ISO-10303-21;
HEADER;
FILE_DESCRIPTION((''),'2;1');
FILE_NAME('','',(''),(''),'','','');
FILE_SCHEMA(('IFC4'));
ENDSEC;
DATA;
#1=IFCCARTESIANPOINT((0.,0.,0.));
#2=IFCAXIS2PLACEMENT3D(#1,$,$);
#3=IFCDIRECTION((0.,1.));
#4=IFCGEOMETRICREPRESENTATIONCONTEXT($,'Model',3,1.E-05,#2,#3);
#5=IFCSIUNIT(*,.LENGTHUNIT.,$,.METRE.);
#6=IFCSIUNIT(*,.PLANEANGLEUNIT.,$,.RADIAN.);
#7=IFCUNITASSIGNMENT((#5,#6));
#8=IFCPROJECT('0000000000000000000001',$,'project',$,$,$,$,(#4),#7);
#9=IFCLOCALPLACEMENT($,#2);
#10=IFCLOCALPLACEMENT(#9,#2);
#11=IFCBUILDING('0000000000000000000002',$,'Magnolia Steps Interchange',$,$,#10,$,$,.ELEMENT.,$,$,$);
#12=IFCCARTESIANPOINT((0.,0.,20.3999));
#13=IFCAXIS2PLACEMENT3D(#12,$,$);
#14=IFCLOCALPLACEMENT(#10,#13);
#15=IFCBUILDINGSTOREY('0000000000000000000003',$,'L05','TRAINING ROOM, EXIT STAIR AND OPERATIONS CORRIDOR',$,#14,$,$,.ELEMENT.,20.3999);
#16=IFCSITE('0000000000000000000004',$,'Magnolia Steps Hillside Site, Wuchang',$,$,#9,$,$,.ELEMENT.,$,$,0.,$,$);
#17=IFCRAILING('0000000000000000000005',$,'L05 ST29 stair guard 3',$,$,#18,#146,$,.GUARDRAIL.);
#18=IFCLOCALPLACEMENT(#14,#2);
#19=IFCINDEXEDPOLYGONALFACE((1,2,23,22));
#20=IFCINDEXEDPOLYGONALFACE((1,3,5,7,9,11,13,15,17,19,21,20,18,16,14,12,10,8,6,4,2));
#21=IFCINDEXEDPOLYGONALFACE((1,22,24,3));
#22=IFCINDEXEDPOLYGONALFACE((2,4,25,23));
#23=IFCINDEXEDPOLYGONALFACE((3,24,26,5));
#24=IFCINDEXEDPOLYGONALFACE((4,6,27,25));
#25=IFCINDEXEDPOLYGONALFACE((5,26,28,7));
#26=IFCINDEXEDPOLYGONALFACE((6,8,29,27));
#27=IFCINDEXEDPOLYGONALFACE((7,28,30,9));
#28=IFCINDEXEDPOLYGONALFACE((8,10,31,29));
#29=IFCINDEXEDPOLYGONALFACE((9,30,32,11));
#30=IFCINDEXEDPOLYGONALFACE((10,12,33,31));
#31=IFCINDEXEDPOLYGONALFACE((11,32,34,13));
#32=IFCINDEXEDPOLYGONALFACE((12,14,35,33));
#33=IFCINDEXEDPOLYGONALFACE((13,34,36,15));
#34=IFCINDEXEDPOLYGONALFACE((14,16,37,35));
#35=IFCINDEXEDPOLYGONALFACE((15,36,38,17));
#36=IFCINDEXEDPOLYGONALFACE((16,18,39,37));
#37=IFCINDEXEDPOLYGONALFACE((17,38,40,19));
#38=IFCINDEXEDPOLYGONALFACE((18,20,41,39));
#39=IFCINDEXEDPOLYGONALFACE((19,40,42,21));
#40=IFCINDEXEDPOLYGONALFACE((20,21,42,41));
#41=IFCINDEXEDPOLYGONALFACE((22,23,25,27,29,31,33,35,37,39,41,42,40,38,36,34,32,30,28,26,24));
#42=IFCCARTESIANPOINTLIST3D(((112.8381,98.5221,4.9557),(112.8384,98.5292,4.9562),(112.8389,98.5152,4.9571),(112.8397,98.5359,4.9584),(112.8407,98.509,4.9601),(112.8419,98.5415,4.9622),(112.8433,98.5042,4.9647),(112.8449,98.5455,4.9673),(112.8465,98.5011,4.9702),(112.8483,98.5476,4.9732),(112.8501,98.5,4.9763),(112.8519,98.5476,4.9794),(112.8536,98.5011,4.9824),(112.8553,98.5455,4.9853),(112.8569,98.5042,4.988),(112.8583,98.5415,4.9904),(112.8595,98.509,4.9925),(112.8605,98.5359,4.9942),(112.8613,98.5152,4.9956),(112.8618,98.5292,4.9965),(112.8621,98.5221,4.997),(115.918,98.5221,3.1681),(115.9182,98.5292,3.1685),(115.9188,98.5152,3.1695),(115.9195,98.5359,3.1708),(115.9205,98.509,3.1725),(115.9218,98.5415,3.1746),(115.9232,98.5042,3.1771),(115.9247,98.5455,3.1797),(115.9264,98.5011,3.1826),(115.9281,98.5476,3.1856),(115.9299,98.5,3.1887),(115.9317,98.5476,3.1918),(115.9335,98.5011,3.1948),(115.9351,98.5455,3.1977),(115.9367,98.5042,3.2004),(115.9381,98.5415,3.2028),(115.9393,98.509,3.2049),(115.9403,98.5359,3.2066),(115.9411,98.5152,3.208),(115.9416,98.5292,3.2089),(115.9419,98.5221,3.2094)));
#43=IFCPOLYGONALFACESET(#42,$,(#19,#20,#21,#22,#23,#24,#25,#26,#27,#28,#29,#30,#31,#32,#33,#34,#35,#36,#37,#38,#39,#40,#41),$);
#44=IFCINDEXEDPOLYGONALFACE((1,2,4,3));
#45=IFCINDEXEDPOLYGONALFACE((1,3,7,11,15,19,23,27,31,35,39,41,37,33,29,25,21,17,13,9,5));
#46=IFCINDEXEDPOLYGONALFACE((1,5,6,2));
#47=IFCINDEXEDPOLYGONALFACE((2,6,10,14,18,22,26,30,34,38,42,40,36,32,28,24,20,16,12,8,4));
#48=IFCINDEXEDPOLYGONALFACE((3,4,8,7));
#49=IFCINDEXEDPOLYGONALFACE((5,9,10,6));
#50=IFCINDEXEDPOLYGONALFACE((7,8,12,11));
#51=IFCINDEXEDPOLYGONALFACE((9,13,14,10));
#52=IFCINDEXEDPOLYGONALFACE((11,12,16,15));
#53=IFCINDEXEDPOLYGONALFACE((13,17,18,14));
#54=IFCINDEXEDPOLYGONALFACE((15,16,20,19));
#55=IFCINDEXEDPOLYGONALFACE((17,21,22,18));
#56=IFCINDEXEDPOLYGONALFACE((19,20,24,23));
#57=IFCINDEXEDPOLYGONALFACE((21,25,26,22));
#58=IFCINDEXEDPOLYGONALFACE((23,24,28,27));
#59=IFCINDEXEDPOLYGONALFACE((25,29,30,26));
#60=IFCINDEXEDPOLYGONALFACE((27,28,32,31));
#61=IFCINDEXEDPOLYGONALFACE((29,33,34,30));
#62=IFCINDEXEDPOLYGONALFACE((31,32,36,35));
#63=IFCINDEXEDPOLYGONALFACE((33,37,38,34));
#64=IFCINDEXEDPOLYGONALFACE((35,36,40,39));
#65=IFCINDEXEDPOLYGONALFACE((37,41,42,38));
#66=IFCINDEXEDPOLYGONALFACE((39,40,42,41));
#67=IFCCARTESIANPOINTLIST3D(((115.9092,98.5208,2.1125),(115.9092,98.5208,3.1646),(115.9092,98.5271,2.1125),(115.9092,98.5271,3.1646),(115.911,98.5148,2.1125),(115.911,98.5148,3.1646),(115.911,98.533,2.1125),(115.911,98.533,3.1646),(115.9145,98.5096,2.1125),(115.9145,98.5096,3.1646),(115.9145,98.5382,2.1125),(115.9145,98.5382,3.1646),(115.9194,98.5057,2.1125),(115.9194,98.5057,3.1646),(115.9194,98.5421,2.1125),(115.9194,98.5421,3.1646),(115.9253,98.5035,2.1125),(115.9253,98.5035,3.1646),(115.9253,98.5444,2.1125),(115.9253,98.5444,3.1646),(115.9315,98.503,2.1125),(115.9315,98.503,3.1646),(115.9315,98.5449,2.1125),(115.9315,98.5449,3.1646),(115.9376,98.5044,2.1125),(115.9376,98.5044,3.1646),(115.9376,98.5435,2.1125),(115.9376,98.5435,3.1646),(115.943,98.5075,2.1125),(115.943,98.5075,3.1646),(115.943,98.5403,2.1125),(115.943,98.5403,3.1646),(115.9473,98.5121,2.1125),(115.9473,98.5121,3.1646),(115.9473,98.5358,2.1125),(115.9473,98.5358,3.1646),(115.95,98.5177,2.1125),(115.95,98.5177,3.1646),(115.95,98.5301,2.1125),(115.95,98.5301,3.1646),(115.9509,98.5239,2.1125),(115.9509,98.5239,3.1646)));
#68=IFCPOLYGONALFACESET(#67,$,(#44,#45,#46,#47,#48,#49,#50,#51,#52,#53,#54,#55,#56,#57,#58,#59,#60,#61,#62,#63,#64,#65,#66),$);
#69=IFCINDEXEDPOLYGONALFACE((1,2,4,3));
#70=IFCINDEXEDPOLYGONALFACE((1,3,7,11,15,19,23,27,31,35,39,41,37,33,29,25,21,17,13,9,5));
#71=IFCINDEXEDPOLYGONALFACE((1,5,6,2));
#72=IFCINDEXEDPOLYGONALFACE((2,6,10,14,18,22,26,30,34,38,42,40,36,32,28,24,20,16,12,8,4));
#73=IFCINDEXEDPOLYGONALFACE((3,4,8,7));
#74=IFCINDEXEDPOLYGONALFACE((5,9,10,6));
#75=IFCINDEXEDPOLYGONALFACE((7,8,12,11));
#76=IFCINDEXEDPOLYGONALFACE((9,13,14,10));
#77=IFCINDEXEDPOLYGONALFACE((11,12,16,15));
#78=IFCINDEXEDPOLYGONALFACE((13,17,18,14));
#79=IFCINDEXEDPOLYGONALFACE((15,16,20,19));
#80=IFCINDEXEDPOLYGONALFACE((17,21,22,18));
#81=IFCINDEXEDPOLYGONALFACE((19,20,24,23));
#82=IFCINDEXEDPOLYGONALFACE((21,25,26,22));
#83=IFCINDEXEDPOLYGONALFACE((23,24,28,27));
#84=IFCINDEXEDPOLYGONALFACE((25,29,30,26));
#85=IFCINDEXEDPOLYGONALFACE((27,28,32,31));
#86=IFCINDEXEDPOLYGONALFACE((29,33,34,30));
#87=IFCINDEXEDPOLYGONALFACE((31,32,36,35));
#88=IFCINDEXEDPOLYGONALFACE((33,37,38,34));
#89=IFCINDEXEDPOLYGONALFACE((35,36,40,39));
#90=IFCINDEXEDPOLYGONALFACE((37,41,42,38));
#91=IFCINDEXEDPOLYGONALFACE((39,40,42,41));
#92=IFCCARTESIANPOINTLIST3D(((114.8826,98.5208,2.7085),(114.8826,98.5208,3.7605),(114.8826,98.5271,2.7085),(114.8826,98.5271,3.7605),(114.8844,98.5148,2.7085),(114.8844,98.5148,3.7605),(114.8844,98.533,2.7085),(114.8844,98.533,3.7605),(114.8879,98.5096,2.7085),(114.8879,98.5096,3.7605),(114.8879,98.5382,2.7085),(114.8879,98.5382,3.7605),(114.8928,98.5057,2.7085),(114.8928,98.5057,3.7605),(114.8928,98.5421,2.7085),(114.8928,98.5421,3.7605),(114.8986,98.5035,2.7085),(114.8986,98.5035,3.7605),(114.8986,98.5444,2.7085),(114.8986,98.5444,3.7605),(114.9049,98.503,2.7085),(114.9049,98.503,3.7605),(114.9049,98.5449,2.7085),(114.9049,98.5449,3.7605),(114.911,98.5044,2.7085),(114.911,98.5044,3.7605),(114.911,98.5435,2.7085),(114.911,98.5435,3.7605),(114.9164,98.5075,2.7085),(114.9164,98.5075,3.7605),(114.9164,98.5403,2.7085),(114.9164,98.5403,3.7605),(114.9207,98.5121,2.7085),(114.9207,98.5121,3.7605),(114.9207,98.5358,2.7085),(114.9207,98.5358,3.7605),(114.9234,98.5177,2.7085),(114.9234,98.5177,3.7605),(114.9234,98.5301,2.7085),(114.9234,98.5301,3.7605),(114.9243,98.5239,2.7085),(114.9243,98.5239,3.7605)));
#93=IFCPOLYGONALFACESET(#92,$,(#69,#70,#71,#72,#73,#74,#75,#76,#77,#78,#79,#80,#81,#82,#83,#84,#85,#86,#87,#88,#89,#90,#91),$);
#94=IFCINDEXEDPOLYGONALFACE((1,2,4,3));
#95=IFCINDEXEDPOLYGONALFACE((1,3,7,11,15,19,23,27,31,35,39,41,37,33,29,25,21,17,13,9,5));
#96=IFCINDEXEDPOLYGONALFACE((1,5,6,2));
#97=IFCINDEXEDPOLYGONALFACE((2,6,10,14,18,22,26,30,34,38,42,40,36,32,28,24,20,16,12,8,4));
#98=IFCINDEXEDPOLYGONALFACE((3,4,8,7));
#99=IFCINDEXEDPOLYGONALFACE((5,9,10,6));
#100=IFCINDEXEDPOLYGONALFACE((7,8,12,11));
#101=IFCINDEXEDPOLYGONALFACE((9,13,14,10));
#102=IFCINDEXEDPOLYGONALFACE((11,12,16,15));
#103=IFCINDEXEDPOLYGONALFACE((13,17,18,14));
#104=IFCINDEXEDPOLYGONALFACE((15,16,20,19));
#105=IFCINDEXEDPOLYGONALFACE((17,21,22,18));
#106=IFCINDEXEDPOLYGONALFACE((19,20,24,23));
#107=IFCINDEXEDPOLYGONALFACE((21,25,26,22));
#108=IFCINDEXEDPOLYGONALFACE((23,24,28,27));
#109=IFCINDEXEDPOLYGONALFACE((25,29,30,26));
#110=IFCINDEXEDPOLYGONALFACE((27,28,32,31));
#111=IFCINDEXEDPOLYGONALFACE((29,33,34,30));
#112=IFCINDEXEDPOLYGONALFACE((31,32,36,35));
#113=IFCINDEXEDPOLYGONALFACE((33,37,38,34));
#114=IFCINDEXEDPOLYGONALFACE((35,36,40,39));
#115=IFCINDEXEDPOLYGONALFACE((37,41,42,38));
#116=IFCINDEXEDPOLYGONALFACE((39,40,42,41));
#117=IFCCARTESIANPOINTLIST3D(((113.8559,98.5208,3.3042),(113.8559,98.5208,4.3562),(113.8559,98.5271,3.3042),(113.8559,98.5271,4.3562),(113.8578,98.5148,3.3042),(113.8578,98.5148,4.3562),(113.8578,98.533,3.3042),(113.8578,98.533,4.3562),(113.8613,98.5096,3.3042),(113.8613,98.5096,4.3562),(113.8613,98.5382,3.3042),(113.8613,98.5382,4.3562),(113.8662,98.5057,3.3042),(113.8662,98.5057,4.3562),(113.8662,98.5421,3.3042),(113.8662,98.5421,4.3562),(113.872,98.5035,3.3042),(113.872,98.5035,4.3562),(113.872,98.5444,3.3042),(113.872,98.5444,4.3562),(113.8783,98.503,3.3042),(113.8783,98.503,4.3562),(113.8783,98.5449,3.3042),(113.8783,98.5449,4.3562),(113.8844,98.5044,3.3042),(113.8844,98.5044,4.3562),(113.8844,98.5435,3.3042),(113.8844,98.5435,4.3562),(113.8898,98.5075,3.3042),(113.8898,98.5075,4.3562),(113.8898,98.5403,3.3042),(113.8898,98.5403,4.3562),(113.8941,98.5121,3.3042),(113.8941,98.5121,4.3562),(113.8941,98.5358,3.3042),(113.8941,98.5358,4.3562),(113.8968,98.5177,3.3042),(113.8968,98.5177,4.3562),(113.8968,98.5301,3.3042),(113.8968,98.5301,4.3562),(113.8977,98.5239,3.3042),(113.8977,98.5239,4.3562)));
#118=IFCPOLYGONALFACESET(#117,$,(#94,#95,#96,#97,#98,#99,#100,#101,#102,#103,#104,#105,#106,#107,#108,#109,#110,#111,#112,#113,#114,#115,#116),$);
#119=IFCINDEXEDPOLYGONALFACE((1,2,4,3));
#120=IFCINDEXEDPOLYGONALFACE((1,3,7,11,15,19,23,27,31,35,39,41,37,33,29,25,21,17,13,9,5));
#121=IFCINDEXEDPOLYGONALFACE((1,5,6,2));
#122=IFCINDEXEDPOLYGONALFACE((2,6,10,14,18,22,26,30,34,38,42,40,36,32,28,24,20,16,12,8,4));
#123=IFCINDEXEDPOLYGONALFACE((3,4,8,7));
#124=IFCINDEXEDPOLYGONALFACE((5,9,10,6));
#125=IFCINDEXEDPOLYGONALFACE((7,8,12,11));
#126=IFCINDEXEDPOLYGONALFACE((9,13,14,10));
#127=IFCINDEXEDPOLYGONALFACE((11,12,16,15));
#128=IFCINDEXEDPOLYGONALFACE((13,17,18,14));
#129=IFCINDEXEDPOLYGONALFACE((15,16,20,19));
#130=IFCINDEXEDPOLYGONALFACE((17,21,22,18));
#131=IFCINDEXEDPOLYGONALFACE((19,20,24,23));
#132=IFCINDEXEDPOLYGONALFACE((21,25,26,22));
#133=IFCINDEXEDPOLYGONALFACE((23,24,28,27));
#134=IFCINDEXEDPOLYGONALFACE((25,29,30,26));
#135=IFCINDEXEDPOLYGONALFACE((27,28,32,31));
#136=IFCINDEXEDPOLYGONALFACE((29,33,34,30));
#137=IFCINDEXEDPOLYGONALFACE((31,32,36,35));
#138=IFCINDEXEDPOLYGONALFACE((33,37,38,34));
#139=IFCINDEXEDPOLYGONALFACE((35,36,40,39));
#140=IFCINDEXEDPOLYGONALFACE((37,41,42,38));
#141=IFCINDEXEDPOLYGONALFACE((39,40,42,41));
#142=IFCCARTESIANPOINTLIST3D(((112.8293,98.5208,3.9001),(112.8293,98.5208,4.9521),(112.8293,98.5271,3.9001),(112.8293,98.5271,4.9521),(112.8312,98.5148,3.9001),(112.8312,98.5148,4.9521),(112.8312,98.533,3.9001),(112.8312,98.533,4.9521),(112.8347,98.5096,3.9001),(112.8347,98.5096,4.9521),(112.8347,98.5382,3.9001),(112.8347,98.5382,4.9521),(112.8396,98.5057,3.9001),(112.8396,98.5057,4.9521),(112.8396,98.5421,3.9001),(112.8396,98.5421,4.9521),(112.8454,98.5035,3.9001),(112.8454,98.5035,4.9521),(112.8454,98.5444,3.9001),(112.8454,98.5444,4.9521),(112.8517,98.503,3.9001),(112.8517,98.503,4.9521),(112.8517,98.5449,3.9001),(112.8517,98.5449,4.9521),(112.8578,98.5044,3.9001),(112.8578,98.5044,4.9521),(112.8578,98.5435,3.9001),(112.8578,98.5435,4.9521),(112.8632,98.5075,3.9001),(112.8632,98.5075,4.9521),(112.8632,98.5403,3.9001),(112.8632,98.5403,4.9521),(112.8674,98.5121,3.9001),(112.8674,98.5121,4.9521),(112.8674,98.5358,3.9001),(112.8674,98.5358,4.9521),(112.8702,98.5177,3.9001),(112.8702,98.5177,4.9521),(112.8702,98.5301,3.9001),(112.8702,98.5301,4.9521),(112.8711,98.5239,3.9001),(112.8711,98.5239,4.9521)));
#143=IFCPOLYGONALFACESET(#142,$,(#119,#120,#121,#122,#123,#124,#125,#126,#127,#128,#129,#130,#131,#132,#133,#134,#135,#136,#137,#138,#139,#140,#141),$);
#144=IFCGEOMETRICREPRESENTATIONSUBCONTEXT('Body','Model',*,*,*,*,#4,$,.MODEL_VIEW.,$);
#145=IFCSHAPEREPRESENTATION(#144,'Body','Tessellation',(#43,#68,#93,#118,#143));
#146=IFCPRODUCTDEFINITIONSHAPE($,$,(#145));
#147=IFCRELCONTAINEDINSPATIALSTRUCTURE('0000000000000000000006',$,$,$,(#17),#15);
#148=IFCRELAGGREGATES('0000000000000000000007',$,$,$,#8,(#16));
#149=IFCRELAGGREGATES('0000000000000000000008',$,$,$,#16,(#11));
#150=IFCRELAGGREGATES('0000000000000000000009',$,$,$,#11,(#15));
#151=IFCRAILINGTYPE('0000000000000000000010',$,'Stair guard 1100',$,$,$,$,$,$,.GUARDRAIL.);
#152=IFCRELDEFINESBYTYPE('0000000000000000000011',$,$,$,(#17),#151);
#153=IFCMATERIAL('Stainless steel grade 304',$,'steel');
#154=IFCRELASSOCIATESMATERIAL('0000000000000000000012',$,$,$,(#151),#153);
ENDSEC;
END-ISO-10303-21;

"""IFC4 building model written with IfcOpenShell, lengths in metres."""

from ifc_helpers import new_model, si_unit, direction, frame, origin, origin_2d, place, context, subcontext, project, spatial, circle, extrude, material, type_object, element, save


model = new_model("IFC4")

# Units and contexts
model_context = context("Model", 3, precision=1e-05, world=origin(), true_north=direction((0.0, 1.0)))
body_context = subcontext(model_context, "Body", "Model", "MODEL_VIEW")
ifc_project = project(units=[si_unit("LENGTHUNIT", "METRE"), si_unit("PLANEANGLEUNIT", "RADIAN")], contexts=[model_context])

# Site, building, storey
site_placement = place(None, origin())
site = spatial("IfcSite", under=ifc_project, at=site_placement, Name="Magnolia Steps Hillside Site, Wuchang", CompositionType="ELEMENT", RefElevation=0.0)
building_placement = place(site_placement, origin())
building = spatial("IfcBuilding", under=site, at=building_placement, Name="Magnolia Steps Interchange", CompositionType="ELEMENT")
storey_placement = place(building_placement, frame((0.0, 0.0, 20.3999)))
storey = spatial("IfcBuildingStorey", under=building, at=storey_placement, Name="L05", Description="TRAINING ROOM, EXIT STAIR AND OPERATIONS CORRIDOR", CompositionType="ELEMENT", Elevation=20.3999)

# Railing
ifc_material_1 = material(Name="Stainless steel grade 304", Category="steel")
railing_type_1 = type_object("IfcRailingType", Name="Stair guard 1100", PredefinedType="GUARDRAIL", material=ifc_material_1)
railing_1_placement = place(storey_placement, frame((115.9299, 98.5239, 2.1125)))
element("IfcRailing", 1, at=railing_1_placement, inside=storey, type_object=railing_type_1, Name="L05 ST29 stair guard 3", PredefinedType="GUARDRAIL", context=body_context, shape_type="SweptSolid", body=[
    extrude(circle(Radius=0.0239, at=origin_2d()), frame((0.0, 0.0, 1.0762), z_axis=(-0.864873, 0.0, 0.50199), x_axis=(0.0, -1.0, 0.0)), (0.0, 0.0, 1.0), 3.561),
    extrude(circle(Radius=0.021, at=origin_2d()), origin(), (0.0, 0.0, 1.0), 1.052),
    extrude(circle(Radius=0.021, at=origin_2d()), frame((-1.0266, 0.0, 0.5959)), (0.0, 0.0, 1.0), 1.052),
    extrude(circle(Radius=0.021, at=origin_2d()), frame((-2.0532, 0.0, 1.1917)), (0.0, 0.0, 1.0), 1.052),
    extrude(circle(Radius=0.021, at=origin_2d()), frame((-3.0798, 0.0, 1.7876)), (0.0, 0.0, 1.0), 1.052),
])

save(model, "model.ifc")
